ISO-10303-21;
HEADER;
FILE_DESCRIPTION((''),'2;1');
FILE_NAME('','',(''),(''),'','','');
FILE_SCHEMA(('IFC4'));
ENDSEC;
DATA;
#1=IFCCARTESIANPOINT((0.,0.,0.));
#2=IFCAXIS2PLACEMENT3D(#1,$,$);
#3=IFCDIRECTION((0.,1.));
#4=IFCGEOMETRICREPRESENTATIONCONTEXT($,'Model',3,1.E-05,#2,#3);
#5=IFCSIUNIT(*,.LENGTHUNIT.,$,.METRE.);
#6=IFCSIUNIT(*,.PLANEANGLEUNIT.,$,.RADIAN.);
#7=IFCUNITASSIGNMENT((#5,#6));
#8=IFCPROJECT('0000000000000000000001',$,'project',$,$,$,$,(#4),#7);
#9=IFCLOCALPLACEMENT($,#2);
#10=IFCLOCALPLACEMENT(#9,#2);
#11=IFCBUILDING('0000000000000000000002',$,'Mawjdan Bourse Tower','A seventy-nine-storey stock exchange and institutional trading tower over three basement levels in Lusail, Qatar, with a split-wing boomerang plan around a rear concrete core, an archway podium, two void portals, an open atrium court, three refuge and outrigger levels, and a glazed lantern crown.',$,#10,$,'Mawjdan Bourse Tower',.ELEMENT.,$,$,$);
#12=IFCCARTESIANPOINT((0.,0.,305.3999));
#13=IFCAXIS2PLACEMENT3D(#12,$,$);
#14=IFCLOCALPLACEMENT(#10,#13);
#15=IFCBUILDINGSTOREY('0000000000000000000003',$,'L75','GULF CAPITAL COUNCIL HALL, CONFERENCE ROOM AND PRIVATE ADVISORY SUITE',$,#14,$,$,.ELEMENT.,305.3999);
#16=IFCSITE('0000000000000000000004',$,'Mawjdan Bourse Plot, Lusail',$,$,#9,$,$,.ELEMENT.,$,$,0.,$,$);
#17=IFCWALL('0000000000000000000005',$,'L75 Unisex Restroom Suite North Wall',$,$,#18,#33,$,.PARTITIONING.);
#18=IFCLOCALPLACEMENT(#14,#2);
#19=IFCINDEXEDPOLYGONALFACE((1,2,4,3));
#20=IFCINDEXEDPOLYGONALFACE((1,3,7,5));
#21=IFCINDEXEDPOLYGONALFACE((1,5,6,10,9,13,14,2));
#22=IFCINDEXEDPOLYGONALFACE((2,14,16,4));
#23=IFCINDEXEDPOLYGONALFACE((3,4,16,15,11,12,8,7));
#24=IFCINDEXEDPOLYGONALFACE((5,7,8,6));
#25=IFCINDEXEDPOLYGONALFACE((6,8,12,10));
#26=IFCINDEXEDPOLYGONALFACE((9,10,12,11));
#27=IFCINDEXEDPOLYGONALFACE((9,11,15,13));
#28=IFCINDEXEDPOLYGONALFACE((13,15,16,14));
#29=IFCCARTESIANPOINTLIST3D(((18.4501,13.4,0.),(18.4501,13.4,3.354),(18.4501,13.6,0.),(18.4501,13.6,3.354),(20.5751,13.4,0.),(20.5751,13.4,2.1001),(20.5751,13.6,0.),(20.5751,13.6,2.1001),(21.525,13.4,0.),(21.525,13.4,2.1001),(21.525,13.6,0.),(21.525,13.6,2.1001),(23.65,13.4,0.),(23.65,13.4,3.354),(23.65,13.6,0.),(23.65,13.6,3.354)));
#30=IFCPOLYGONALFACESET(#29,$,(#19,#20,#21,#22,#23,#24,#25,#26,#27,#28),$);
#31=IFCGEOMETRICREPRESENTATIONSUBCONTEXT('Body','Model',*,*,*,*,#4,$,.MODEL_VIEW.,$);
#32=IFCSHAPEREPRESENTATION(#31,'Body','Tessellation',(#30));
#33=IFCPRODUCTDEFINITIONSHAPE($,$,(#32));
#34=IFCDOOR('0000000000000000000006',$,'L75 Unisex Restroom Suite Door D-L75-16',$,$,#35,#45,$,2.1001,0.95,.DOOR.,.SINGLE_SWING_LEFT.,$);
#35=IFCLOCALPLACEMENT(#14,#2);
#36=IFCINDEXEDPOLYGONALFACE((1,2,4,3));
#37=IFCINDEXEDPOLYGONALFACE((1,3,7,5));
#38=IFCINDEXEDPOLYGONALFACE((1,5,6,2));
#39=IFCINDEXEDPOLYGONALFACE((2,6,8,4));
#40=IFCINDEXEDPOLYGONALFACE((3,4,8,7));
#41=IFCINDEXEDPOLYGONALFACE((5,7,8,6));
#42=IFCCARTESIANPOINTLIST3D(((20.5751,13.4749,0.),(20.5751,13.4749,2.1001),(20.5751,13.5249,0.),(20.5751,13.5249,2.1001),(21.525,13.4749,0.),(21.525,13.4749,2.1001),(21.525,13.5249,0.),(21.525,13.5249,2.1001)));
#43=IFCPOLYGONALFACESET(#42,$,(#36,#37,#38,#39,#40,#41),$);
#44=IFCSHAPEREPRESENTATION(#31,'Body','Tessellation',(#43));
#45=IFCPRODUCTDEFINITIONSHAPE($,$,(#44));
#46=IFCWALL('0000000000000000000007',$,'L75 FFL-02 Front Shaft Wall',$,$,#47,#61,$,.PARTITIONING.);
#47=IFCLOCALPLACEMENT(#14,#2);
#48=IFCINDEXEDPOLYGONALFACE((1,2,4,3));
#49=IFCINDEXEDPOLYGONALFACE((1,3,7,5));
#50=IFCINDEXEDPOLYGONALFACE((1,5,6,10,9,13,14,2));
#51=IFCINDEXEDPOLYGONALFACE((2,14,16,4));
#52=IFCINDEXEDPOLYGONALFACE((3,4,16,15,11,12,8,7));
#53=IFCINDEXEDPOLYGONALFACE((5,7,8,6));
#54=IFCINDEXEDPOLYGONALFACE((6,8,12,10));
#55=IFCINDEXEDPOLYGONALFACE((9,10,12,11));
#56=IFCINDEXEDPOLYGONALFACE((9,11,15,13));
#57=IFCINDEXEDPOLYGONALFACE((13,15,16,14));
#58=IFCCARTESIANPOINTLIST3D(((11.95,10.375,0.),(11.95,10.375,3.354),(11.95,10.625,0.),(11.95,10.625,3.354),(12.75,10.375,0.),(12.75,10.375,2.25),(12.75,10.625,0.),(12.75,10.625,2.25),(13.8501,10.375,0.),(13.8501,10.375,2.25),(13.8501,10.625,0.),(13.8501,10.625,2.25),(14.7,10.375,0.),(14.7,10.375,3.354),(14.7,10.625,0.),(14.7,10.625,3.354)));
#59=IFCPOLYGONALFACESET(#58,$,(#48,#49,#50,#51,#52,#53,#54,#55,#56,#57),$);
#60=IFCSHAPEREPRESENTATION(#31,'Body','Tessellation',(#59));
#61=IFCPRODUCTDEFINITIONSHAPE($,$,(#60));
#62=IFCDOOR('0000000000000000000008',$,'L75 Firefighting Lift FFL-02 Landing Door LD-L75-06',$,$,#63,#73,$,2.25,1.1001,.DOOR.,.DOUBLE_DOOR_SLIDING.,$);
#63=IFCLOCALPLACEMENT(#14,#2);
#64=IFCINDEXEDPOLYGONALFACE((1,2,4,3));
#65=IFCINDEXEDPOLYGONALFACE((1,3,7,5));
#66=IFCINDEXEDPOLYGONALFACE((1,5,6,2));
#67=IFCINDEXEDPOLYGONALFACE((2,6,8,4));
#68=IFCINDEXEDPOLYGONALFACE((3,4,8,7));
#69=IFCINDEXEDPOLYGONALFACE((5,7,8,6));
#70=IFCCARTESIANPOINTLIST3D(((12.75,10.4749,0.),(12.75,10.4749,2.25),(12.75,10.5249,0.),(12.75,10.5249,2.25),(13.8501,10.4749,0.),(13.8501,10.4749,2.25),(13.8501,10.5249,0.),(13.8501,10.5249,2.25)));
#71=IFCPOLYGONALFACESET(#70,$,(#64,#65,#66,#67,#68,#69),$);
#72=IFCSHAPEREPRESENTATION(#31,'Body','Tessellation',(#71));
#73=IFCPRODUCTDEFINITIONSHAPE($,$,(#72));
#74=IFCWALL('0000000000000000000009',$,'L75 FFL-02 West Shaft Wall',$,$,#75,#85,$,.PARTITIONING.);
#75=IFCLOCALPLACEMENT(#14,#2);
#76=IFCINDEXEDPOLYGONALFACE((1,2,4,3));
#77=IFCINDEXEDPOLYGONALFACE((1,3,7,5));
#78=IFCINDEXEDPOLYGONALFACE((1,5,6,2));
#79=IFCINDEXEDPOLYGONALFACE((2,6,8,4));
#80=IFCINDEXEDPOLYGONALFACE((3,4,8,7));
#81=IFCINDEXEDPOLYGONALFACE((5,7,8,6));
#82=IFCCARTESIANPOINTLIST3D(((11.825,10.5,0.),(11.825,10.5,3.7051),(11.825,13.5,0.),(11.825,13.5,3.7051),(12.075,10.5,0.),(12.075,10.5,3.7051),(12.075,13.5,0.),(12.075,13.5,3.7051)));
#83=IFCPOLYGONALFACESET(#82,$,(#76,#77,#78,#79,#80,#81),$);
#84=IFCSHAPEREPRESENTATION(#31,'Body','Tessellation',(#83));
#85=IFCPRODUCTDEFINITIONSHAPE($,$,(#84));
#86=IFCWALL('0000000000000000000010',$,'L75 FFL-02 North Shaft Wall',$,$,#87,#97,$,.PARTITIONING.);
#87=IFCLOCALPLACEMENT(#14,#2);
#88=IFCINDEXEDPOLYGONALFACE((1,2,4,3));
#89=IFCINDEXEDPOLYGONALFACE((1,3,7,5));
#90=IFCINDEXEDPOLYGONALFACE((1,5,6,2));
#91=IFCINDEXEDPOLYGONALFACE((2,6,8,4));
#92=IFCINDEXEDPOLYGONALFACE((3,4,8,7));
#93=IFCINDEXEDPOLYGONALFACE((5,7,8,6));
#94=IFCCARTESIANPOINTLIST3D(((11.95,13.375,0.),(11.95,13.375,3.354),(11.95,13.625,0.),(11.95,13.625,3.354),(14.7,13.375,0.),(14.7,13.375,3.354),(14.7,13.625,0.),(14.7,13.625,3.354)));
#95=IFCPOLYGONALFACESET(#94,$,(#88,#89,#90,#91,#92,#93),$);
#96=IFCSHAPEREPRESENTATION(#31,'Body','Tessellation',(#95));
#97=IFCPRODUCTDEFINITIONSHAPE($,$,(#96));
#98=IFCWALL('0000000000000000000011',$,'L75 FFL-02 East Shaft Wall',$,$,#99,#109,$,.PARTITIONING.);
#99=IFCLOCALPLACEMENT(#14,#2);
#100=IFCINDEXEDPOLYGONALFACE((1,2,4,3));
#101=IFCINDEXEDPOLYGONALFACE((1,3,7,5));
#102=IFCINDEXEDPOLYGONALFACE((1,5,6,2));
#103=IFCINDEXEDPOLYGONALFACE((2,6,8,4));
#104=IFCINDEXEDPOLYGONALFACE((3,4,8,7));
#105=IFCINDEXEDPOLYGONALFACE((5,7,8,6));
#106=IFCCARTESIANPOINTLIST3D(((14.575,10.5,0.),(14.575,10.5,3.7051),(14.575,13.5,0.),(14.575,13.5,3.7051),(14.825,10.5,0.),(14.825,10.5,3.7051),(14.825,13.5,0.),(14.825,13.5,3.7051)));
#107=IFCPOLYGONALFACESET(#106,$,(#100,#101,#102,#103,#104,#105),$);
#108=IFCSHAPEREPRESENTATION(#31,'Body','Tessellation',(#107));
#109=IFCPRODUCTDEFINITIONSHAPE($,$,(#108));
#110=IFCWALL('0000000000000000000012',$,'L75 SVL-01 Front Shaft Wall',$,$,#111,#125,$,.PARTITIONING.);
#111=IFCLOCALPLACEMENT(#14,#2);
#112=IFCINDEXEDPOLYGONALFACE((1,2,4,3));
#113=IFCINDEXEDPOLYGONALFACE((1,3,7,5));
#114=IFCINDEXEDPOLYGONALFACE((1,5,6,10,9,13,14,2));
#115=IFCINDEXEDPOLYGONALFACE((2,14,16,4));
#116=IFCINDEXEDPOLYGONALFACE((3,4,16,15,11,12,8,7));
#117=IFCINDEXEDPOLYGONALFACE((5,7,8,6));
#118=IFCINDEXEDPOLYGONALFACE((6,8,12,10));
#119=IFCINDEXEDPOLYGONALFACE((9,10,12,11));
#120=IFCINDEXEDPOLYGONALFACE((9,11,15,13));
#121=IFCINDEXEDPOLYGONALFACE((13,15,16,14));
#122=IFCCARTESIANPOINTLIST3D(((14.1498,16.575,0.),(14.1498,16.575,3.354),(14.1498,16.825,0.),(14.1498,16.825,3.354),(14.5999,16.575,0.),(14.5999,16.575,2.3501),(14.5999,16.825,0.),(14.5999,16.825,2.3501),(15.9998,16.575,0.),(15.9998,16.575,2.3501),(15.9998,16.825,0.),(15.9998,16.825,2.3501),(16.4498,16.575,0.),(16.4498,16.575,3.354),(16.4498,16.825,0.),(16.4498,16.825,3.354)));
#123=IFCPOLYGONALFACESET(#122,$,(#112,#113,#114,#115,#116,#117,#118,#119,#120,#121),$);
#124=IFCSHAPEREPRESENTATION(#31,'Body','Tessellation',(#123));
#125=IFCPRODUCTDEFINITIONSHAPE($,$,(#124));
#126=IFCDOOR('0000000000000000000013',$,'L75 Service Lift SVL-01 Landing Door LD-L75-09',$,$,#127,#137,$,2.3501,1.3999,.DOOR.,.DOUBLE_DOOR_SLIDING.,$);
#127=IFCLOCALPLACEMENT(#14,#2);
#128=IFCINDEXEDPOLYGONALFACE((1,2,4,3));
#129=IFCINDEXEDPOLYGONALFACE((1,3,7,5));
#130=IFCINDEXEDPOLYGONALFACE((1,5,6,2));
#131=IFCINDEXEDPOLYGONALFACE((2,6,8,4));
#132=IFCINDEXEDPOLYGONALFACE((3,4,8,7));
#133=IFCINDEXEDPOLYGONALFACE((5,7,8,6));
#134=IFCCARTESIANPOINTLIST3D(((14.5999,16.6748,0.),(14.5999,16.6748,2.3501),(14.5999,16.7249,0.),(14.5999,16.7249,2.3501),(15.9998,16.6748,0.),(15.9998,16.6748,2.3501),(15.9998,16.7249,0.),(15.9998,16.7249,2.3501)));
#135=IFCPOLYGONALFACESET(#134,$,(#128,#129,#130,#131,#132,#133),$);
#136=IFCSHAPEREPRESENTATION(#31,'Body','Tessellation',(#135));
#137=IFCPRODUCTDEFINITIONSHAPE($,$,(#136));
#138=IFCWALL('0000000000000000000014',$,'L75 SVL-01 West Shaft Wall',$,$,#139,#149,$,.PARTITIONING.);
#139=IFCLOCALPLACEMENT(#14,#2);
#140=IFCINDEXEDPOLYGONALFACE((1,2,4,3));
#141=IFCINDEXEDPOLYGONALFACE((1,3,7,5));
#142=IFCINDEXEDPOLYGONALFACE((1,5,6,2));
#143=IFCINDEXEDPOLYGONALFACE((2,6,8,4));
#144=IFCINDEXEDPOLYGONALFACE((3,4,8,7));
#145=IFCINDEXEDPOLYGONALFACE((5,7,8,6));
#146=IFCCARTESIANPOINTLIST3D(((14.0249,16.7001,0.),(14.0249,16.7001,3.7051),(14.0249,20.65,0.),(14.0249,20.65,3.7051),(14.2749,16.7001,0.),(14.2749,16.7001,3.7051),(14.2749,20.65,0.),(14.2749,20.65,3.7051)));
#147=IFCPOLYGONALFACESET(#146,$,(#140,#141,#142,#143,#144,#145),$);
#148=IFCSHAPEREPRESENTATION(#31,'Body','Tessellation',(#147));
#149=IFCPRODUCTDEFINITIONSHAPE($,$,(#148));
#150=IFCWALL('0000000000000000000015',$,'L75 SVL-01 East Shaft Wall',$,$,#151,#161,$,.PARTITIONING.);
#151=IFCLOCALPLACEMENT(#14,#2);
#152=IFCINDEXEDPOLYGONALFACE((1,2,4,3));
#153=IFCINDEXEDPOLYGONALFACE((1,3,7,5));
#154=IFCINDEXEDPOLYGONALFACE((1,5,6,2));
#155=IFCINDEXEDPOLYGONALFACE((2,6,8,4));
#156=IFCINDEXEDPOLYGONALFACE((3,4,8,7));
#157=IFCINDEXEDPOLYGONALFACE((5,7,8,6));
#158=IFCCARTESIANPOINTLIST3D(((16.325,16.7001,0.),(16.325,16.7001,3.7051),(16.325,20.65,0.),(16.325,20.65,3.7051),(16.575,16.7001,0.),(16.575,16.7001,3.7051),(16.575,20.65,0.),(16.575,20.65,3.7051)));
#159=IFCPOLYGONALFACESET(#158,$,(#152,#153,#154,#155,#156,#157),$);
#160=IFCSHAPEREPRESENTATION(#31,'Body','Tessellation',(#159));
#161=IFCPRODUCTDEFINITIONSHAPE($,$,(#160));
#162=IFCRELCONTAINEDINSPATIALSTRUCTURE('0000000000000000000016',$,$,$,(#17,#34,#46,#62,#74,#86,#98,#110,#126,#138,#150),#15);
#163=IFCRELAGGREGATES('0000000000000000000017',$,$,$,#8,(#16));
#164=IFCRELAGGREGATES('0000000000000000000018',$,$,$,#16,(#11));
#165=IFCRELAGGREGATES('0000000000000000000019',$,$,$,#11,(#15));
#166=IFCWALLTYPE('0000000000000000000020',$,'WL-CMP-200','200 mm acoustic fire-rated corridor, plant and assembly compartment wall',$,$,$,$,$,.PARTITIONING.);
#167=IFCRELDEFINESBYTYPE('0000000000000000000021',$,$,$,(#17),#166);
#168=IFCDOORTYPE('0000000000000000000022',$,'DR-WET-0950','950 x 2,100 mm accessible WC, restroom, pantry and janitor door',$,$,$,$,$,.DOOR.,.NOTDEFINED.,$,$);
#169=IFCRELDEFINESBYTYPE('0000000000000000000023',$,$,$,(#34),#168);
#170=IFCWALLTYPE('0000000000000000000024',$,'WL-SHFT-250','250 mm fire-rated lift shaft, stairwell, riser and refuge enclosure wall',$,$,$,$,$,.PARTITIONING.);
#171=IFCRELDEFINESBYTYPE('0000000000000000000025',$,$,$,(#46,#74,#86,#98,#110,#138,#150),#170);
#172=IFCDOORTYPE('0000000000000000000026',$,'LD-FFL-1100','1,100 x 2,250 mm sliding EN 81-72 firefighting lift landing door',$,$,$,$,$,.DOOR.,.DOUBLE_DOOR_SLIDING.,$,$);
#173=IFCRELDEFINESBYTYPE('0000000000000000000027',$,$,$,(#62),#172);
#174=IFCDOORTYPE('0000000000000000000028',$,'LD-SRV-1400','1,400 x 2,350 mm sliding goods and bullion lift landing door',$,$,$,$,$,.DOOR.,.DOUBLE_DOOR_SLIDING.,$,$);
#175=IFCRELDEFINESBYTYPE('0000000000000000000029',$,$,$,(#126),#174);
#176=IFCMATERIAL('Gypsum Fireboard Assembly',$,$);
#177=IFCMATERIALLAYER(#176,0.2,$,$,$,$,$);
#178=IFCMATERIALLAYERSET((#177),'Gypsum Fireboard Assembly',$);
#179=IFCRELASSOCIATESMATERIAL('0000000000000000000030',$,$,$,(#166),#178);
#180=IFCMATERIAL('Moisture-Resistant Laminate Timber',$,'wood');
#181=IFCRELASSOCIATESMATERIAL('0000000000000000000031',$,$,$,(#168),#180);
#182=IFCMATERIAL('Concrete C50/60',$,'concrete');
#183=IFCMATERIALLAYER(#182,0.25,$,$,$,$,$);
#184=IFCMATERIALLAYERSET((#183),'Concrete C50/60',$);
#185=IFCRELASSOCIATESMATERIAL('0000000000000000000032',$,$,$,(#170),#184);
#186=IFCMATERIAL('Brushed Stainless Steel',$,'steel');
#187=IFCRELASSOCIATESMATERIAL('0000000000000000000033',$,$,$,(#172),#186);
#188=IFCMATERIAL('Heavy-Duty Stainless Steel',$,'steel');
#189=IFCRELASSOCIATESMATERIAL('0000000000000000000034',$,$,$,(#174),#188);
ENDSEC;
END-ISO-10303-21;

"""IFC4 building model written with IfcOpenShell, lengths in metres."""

from ifc_helpers import new_model, si_unit, direction, frame, frame_2d, origin, place, context, subcontext, project, spatial, rectangle, extrude, material, layer, layer_set, type_object, element, fill, save


model = new_model("IFC4")

# Units and contexts
model_context = context("Model", 3, precision=1e-05, world=origin(), true_north=direction((0.0, 1.0)))
body_context = subcontext(model_context, "Body", "Model", "MODEL_VIEW")
ifc_project = project(units=[si_unit("LENGTHUNIT", "METRE"), si_unit("PLANEANGLEUNIT", "RADIAN")], contexts=[model_context])

# Site, building, storey
site_placement = place(None, origin())
site = spatial("IfcSite", under=ifc_project, at=site_placement, Name="Mawjdan Bourse Plot, Lusail", CompositionType="ELEMENT", RefElevation=0.0)
building_placement = place(site_placement, origin())
building = spatial("IfcBuilding", under=site, at=building_placement, Name="Mawjdan Bourse Tower", Description="A seventy-nine-storey stock exchange and institutional trading tower over three basement levels in Lusail, Qatar, with a split-wing boomerang plan around a rear concrete core, an archway podium, two void portals, an open atrium court, three refuge and outrigger levels, and a glazed lantern crown.", LongName="Mawjdan Bourse Tower", CompositionType="ELEMENT")
storey_placement = place(building_placement, frame((0.0, 0.0, 305.3999)))
storey = spatial("IfcBuildingStorey", under=building, at=storey_placement, Name="L75", Description="GULF CAPITAL COUNCIL HALL, CONFERENCE ROOM AND PRIVATE ADVISORY SUITE", CompositionType="ELEMENT", Elevation=305.3999)

# Walls, openings, doors
ifc_material_1 = material(Name="Gypsum Fireboard Assembly")
ifc_layer_1 = layer(ifc_material_1, 0.2)
ifc_layer_set_1 = layer_set([ifc_layer_1], Name="Gypsum Fireboard Assembly")
wall_type_1 = type_object("IfcWallType", Name="WL-CMP-200", Description="200 mm acoustic fire-rated corridor, plant and assembly compartment wall", PredefinedType="PARTITIONING", material=ifc_layer_set_1)
ifc_material_2 = material(Name="Moisture-Resistant Laminate Timber", Category="wood")
door_type_1 = type_object("IfcDoorType", Name="DR-WET-0950", Description="950 x 2,100 mm accessible WC, restroom, pantry and janitor door", OperationType="NOTDEFINED", PredefinedType="DOOR", material=ifc_material_2)
wall_1_placement = place(storey_placement, frame((18.45, 13.5, 0.0), z_axis=(0.0, 0.0, 1.0), x_axis=(1.0, 0.0, 0.0)))
wall_1 = element("IfcWall", 1, at=wall_1_placement, inside=storey, type_object=wall_type_1, Name="L75 Unisex Restroom Suite North Wall", PredefinedType="PARTITIONING", context=body_context, shape_type="SweptSolid", body=[
    extrude(rectangle(XDim=5.2, YDim=0.2, at=frame_2d((2.6001, 0.0))), origin(), (0.0, 0.0, 1.0), 3.354),
])
opening_1_placement = place(wall_1_placement, frame((2.125, 0.0, 0.0)))
opening_1 = element("IfcOpeningElement", 2, at=opening_1_placement, cuts=wall_1, PredefinedType="OPENING", context=body_context, shape_type="SweptSolid", body=[
    extrude(rectangle(XDim=0.95, YDim=2.1001, at=frame_2d((0.4751, 1.05))), frame((0.0, 0.1099, 0.0), z_axis=(0.0, -1.0, 0.0), x_axis=(1.0, 0.0, 0.0)), (0.0, 0.0, 1.0), 0.22),
])
door_1_placement = place(opening_1_placement, origin())
door_1 = element("IfcDoor", 3, at=door_1_placement, inside=storey, type_object=door_type_1, Name="L75 Unisex Restroom Suite Door D-L75-16", OperationType="SINGLE_SWING_LEFT", OverallHeight=2.1001, OverallWidth=0.95, PredefinedType="DOOR", context=body_context, shape_type="SweptSolid", body=[
    extrude(rectangle(XDim=0.95, YDim=2.1001, at=frame_2d((0.4751, 1.05))), frame((0.0, 0.0249, 0.0), z_axis=(0.0, -1.0, 0.0), x_axis=(1.0, 0.0, 0.0)), (0.0, 0.0, 1.0), 0.05),
])
fill(opening_1, door_1)
ifc_material_3 = material(Name="Concrete C50/60", Category="concrete")
ifc_layer_2 = layer(ifc_material_3, 0.25)
ifc_layer_set_2 = layer_set([ifc_layer_2], Name="Concrete C50/60")
wall_type_2 = type_object("IfcWallType", Name="WL-SHFT-250", Description="250 mm fire-rated lift shaft, stairwell, riser and refuge enclosure wall", PredefinedType="PARTITIONING", material=ifc_layer_set_2)
wall_2_placement = place(storey_placement, frame((11.95, 10.5, 0.0), z_axis=(0.0, 0.0, 1.0), x_axis=(1.0, 0.0, 0.0)))
wall_2 = element("IfcWall", 4, at=wall_2_placement, inside=storey, type_object=wall_type_2, Name="L75 FFL-02 Front Shaft Wall", PredefinedType="PARTITIONING", context=body_context, shape_type="SweptSolid", body=[
    extrude(rectangle(XDim=2.75, YDim=0.25, at=frame_2d((1.375, 0.0))), origin(), (0.0, 0.0, 1.0), 3.354),
])
opening_2_placement = place(wall_2_placement, frame((0.8, 0.0, 0.0)))
opening_2 = element("IfcOpeningElement", 5, at=opening_2_placement, cuts=wall_2, PredefinedType="OPENING", context=body_context, shape_type="SweptSolid", body=[
    extrude(rectangle(XDim=1.1001, YDim=2.25, at=frame_2d((0.55, 1.125))), frame((0.0, 0.135, 0.0), z_axis=(0.0, -1.0, 0.0), x_axis=(1.0, 0.0, 0.0)), (0.0, 0.0, 1.0), 0.27),
])
ifc_material_4 = material(Name="Brushed Stainless Steel", Category="steel")
door_type_2 = type_object("IfcDoorType", Name="LD-FFL-1100", Description="1,100 x 2,250 mm sliding EN 81-72 firefighting lift landing door", OperationType="DOUBLE_DOOR_SLIDING", PredefinedType="DOOR", material=ifc_material_4)
door_2_placement = place(opening_2_placement, origin())
door_2 = element("IfcDoor", 6, at=door_2_placement, inside=storey, type_object=door_type_2, Name="L75 Firefighting Lift FFL-02 Landing Door LD-L75-06", OperationType="DOUBLE_DOOR_SLIDING", OverallHeight=2.25, OverallWidth=1.1001, PredefinedType="DOOR", context=body_context, shape_type="SweptSolid", body=[
    extrude(rectangle(XDim=1.1001, YDim=2.25, at=frame_2d((0.55, 1.125))), frame((0.0, 0.0249, 0.0), z_axis=(0.0, -1.0, 0.0), x_axis=(1.0, 0.0, 0.0)), (0.0, 0.0, 1.0), 0.05),
])
fill(opening_2, door_2)

# Walls
wall_3_placement = place(storey_placement, frame((11.95, 10.5, 0.0), z_axis=(0.0, 0.0, 1.0), x_axis=(0.0, 1.0, 0.0)))
element("IfcWall", 7, at=wall_3_placement, inside=storey, type_object=wall_type_2, Name="L75 FFL-02 West Shaft Wall", PredefinedType="PARTITIONING", context=body_context, shape_type="SweptSolid", body=[
    extrude(rectangle(XDim=3.0, YDim=0.25, at=frame_2d((1.5, 0.0))), origin(), (0.0, 0.0, 1.0), 3.7051),
])
wall_4_placement = place(storey_placement, frame((11.95, 13.5, 0.0), z_axis=(0.0, 0.0, 1.0), x_axis=(1.0, 0.0, 0.0)))
element("IfcWall", 8, at=wall_4_placement, inside=storey, type_object=wall_type_2, Name="L75 FFL-02 North Shaft Wall", PredefinedType="PARTITIONING", context=body_context, shape_type="SweptSolid", body=[
    extrude(rectangle(XDim=2.75, YDim=0.25, at=frame_2d((1.375, 0.0))), origin(), (0.0, 0.0, 1.0), 3.354),
])
wall_5_placement = place(storey_placement, frame((14.7, 10.5, 0.0), z_axis=(0.0, 0.0, 1.0), x_axis=(0.0, 1.0, 0.0)))
element("IfcWall", 9, at=wall_5_placement, inside=storey, type_object=wall_type_2, Name="L75 FFL-02 East Shaft Wall", PredefinedType="PARTITIONING", context=body_context, shape_type="SweptSolid", body=[
    extrude(rectangle(XDim=3.0, YDim=0.25, at=frame_2d((1.5, 0.0))), origin(), (0.0, 0.0, 1.0), 3.7051),
])

# Wall, opening, door
wall_6_placement = place(storey_placement, frame((14.1499, 16.7, 0.0), z_axis=(0.0, 0.0, 1.0), x_axis=(1.0, 0.0, 0.0)))
wall_6 = element("IfcWall", 10, at=wall_6_placement, inside=storey, type_object=wall_type_2, Name="L75 SVL-01 Front Shaft Wall", PredefinedType="PARTITIONING", context=body_context, shape_type="SweptSolid", body=[
    extrude(rectangle(XDim=2.3, YDim=0.25, at=frame_2d((1.1499, 0.0))), origin(), (0.0, 0.0, 1.0), 3.354),
])
opening_3_placement = place(wall_6_placement, frame((0.45, 0.0, 0.0)))
opening_3 = element("IfcOpeningElement", 11, at=opening_3_placement, cuts=wall_6, PredefinedType="OPENING", context=body_context, shape_type="SweptSolid", body=[
    extrude(rectangle(XDim=1.3999, YDim=2.3501, at=frame_2d((0.7, 1.175))), frame((0.0, 0.135, 0.0), z_axis=(0.0, -1.0, 0.0), x_axis=(1.0, 0.0, 0.0)), (0.0, 0.0, 1.0), 0.27),
])
ifc_material_5 = material(Name="Heavy-Duty Stainless Steel", Category="steel")
door_type_3 = type_object("IfcDoorType", Name="LD-SRV-1400", Description="1,400 x 2,350 mm sliding goods and bullion lift landing door", OperationType="DOUBLE_DOOR_SLIDING", PredefinedType="DOOR", material=ifc_material_5)
door_3_placement = place(opening_3_placement, origin())
door_3 = element("IfcDoor", 12, at=door_3_placement, inside=storey, type_object=door_type_3, Name="L75 Service Lift SVL-01 Landing Door LD-L75-09", OperationType="DOUBLE_DOOR_SLIDING", OverallHeight=2.3501, OverallWidth=1.3999, PredefinedType="DOOR", context=body_context, shape_type="SweptSolid", body=[
    extrude(rectangle(XDim=1.3999, YDim=2.3501, at=frame_2d((0.7, 1.175))), frame((0.0, 0.0249, 0.0), z_axis=(0.0, -1.0, 0.0), x_axis=(1.0, 0.0, 0.0)), (0.0, 0.0, 1.0), 0.05),
])
fill(opening_3, door_3)

# Walls
for number, where, z_axis, x_axis, name in (
    (13, (14.1499, 16.7, 0.0), (0.0, 0.0, 1.0), (0.0, 1.0, 0.0), "L75 SVL-01 West Shaft Wall"),
    (14, (16.45, 16.7, 0.0), (0.0, 0.0, 1.0), (0.0, 1.0, 0.0), "L75 SVL-01 East Shaft Wall"),
):
    element("IfcWall", number, at=place(storey_placement, frame(where, z_axis=z_axis, x_axis=x_axis)), inside=storey, type_object=wall_type_2, Name=name, PredefinedType="PARTITIONING", context=body_context, shape_type="SweptSolid", body=[
        extrude(rectangle(XDim=3.95, YDim=0.25, at=frame_2d((1.9751, 0.0))), origin(), (0.0, 0.0, 1.0), 3.7051),
    ])

save(model, "model.ifc")
